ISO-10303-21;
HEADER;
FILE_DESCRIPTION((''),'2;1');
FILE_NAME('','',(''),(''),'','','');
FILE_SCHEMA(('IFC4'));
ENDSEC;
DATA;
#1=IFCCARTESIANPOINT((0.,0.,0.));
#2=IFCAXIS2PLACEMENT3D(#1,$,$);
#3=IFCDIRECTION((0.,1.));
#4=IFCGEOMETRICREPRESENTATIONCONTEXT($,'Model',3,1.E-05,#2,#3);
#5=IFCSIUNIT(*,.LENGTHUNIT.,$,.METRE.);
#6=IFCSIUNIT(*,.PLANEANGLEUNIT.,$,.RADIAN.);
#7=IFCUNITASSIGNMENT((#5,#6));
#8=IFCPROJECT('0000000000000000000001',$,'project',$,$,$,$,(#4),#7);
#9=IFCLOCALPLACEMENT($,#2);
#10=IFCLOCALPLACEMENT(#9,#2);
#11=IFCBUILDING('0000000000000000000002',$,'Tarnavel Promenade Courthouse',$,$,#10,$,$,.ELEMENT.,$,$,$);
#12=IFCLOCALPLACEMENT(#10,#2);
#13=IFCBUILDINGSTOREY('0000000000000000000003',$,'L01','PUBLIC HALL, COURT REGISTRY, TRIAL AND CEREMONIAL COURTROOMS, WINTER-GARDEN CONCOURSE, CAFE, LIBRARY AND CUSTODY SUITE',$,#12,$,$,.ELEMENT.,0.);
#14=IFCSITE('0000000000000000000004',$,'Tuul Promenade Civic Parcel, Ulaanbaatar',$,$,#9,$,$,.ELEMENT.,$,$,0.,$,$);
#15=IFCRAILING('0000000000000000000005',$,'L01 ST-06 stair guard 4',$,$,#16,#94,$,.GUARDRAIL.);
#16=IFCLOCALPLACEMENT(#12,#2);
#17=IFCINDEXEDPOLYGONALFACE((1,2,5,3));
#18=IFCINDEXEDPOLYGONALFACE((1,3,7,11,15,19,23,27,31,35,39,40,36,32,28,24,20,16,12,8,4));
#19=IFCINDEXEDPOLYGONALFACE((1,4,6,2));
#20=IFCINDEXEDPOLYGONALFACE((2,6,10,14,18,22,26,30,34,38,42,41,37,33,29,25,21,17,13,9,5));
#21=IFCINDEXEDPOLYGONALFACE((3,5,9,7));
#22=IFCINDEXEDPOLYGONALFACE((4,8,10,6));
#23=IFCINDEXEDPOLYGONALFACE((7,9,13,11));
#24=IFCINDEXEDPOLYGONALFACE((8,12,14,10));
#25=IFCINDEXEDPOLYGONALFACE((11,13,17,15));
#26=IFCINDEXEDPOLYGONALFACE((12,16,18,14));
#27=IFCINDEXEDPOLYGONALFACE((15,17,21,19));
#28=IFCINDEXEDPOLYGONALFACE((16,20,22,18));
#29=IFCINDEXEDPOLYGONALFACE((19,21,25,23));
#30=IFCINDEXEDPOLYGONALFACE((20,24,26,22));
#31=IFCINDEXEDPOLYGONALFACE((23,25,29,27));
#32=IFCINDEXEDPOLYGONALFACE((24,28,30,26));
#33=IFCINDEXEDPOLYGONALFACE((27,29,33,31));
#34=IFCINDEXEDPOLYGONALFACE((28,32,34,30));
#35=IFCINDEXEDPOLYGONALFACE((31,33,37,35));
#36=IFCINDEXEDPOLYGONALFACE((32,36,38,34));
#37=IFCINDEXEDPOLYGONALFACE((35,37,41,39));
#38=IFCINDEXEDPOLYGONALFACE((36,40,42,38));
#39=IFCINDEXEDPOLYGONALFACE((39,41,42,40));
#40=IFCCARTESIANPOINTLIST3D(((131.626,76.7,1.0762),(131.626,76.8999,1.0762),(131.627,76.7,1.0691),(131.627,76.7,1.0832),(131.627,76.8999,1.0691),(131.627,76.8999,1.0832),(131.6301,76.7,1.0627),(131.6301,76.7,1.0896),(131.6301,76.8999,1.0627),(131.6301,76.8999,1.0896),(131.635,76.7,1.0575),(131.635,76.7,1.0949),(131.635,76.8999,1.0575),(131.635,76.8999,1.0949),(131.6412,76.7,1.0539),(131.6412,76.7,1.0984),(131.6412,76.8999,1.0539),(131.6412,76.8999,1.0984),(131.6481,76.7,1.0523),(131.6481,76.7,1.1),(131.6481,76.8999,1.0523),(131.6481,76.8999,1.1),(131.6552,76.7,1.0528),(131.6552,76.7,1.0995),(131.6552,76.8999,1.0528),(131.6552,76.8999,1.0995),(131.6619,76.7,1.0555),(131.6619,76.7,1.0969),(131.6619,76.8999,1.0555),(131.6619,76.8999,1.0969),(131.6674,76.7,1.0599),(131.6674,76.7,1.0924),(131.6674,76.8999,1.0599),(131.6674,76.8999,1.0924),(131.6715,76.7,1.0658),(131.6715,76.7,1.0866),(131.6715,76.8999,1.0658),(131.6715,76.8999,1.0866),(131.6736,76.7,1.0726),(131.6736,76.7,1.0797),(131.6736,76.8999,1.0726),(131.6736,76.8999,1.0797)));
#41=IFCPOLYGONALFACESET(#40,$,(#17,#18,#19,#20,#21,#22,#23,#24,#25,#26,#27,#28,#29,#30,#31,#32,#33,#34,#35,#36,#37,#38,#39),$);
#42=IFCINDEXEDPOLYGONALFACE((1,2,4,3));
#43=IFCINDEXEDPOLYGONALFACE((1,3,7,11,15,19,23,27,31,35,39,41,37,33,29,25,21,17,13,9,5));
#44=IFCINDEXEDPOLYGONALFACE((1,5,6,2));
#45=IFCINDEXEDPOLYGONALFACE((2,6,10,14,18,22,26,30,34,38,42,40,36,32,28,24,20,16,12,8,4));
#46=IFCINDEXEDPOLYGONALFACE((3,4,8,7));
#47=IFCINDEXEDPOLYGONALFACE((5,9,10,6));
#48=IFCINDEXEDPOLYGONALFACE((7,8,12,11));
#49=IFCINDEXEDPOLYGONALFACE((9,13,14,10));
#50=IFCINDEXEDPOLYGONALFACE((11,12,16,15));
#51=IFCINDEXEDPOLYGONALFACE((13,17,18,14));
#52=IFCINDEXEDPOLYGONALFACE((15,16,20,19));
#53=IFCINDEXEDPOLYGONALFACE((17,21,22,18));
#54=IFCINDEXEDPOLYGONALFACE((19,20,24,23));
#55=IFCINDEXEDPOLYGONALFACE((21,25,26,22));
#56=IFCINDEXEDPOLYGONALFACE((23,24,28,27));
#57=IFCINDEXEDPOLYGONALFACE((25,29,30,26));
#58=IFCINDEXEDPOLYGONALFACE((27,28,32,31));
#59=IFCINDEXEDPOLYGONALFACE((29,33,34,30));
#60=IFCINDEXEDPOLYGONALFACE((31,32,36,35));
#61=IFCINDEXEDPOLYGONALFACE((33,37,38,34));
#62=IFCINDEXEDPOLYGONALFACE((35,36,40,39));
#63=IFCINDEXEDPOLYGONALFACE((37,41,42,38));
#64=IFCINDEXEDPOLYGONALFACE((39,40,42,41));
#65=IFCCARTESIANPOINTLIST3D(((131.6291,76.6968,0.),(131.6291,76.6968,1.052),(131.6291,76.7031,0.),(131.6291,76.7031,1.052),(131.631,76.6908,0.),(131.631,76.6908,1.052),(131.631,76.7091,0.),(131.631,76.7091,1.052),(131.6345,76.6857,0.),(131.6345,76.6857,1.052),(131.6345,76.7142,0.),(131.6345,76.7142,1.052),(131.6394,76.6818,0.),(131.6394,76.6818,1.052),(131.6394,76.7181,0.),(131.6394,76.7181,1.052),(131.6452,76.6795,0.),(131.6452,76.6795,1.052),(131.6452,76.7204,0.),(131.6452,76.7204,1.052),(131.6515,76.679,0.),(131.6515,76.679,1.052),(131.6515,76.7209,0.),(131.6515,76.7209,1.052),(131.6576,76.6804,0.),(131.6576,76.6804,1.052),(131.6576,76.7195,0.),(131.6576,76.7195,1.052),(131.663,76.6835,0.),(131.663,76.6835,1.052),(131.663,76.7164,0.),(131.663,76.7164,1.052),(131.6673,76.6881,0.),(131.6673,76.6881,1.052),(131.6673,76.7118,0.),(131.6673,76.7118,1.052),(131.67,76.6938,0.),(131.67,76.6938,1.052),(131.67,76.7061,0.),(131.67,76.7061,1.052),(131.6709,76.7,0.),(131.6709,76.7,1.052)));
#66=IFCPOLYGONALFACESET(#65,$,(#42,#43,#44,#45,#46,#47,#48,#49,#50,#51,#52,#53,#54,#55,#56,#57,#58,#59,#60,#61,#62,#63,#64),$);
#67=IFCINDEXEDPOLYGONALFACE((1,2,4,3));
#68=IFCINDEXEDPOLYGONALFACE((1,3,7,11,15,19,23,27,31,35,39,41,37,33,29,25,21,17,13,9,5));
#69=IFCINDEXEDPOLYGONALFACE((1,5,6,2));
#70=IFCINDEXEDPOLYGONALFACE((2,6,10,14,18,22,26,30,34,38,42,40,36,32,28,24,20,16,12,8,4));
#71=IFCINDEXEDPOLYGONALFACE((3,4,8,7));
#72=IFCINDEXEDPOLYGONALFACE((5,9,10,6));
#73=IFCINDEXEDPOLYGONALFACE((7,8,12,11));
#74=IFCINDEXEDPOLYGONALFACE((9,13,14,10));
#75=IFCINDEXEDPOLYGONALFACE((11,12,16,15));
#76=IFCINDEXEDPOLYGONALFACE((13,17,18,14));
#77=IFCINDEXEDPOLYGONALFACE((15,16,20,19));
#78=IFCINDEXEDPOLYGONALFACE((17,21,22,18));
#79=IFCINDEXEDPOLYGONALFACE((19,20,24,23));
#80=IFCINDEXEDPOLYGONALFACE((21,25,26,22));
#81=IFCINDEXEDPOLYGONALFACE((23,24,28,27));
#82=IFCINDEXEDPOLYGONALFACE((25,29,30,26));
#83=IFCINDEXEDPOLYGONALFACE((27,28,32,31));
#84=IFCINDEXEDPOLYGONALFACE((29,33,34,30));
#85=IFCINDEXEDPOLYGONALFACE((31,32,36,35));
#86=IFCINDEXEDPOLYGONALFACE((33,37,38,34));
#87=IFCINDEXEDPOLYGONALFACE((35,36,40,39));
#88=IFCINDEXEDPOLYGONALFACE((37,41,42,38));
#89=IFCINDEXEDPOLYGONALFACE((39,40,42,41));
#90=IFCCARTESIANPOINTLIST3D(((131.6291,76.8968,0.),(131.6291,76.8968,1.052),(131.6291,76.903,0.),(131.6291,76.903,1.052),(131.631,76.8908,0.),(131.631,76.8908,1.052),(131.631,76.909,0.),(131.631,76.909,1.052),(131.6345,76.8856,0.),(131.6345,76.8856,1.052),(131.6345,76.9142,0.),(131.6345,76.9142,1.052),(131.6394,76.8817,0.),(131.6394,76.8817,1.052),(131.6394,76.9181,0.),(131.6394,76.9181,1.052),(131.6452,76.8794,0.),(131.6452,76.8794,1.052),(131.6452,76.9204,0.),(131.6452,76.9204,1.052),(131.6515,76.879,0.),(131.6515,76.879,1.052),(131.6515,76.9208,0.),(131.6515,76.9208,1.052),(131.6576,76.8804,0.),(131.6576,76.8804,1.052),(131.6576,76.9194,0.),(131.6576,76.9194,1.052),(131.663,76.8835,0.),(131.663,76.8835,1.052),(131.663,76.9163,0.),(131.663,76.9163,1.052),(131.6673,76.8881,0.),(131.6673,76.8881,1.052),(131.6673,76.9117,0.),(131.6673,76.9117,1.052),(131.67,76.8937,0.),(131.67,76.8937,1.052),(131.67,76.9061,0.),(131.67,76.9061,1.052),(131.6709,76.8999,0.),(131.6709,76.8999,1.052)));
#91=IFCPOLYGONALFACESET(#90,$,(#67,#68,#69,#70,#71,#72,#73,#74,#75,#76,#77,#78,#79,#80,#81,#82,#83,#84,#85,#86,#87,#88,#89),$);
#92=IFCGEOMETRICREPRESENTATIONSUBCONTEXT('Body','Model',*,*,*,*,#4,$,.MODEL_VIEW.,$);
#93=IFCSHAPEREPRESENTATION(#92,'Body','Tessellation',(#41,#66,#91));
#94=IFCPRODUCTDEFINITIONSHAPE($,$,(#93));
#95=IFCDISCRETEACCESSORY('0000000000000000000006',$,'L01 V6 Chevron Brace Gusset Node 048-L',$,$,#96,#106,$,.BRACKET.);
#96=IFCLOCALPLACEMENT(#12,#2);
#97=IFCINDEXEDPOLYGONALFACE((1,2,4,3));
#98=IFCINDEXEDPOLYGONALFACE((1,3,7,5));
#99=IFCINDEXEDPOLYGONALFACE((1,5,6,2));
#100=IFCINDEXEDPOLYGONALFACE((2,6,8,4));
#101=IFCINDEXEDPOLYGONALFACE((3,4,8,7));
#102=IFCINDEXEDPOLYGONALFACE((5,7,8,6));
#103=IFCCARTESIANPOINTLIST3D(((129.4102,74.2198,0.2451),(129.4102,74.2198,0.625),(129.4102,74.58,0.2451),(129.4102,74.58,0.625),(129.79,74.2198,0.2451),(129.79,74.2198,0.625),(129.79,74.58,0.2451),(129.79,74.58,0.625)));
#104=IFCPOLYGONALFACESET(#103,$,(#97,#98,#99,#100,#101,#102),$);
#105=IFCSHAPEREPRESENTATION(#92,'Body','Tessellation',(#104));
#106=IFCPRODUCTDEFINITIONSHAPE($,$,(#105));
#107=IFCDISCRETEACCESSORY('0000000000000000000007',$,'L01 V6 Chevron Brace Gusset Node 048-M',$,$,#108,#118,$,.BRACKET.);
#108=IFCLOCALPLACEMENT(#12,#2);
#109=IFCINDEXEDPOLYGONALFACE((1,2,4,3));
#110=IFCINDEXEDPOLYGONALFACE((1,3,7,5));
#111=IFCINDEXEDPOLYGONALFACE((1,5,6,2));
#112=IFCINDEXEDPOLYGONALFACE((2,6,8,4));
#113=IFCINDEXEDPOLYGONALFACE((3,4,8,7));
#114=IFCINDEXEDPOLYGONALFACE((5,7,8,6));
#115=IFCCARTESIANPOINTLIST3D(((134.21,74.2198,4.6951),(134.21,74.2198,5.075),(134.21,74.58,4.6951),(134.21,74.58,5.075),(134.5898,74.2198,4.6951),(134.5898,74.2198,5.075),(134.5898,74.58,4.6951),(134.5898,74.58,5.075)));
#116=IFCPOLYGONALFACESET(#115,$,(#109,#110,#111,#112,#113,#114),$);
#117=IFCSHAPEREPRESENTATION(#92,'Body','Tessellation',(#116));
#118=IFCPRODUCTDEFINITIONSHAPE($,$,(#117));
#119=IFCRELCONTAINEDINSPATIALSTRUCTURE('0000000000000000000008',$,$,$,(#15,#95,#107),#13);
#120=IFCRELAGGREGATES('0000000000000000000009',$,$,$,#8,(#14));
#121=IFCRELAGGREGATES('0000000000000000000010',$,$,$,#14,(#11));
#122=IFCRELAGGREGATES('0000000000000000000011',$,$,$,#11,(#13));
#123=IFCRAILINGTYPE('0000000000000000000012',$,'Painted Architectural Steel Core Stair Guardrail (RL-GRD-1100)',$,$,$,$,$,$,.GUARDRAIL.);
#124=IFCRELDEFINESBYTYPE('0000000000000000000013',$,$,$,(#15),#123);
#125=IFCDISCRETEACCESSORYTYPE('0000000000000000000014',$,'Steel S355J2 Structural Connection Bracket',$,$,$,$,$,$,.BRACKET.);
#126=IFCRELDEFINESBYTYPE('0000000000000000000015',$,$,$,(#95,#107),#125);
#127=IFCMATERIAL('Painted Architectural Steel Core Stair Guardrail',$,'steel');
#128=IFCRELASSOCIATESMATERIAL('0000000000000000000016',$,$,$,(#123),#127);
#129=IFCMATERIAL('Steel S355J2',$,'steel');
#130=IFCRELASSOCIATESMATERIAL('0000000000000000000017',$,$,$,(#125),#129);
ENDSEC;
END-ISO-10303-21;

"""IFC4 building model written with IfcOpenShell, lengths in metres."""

from ifc_helpers import new_model, si_unit, direction, frame, origin, origin_2d, place, context, subcontext, project, spatial, rectangle, circle, extrude, material, type_object, element, save


model = new_model("IFC4")

# Units and contexts
model_context = context("Model", 3, precision=1e-05, world=origin(), true_north=direction((0.0, 1.0)))
body_context = subcontext(model_context, "Body", "Model", "MODEL_VIEW")
ifc_project = project(units=[si_unit("LENGTHUNIT", "METRE"), si_unit("PLANEANGLEUNIT", "RADIAN")], contexts=[model_context])

# Site, building, storey
site_placement = place(None, origin())
site = spatial("IfcSite", under=ifc_project, at=site_placement, Name="Tuul Promenade Civic Parcel, Ulaanbaatar", CompositionType="ELEMENT", RefElevation=0.0)
building_placement = place(site_placement, origin())
building = spatial("IfcBuilding", under=site, at=building_placement, Name="Tarnavel Promenade Courthouse", CompositionType="ELEMENT")
storey_placement = place(building_placement, origin())
storey = spatial("IfcBuildingStorey", under=building, at=storey_placement, Name="L01", Description="PUBLIC HALL, COURT REGISTRY, TRIAL AND CEREMONIAL COURTROOMS, WINTER-GARDEN CONCOURSE, CAFE, LIBRARY AND CUSTODY SUITE", CompositionType="ELEMENT", Elevation=0.0)

# Shared definitions
ifc_material_1 = material(Name="Steel S355J2", Category="steel")

# Railing
ifc_material_2 = material(Name="Painted Architectural Steel Core Stair Guardrail", Category="steel")
railing_type_1 = type_object("IfcRailingType", Name="Painted Architectural Steel Core Stair Guardrail (RL-GRD-1100)", PredefinedType="GUARDRAIL", material=ifc_material_2)
railing_1_placement = place(storey_placement, frame((131.6499, 76.7, 0.0)))
element("IfcRailing", 1, at=railing_1_placement, inside=storey, type_object=railing_type_1, Name="L01 ST-06 stair guard 4", PredefinedType="GUARDRAIL", context=body_context, shape_type="SweptSolid", body=[
    extrude(circle(Radius=0.0239, at=origin_2d()), frame((0.0, 0.0, 1.0762), z_axis=(0.0, 1.0, 0.0), x_axis=(-1.0, 0.0, 0.0)), (0.0, 0.0, 1.0), 0.2),
    extrude(circle(Radius=0.021, at=origin_2d()), origin(), (0.0, 0.0, 1.0), 1.052),
    extrude(circle(Radius=0.021, at=origin_2d()), frame((0.0, 0.2, 0.0)), (0.0, 0.0, 1.0), 1.052),
])

# Discrete accessories
discrete_accessory_type = type_object("IfcDiscreteAccessoryType", Name="Steel S355J2 Structural Connection Bracket", PredefinedType="BRACKET", material=ifc_material_1)
for number, where, z_axis, x_axis, name in (
    (2, (129.6001, 74.3999, 0.2451), (0.0, 0.0, 1.0), (1.0, 0.0, 0.0), "L01 V6 Chevron Brace Gusset Node 048-L"),
    (3, (134.3999, 74.3999, 4.6951), (0.0, 0.0, 1.0), (1.0, 0.0, 0.0), "L01 V6 Chevron Brace Gusset Node 048-M"),
):
    element("IfcDiscreteAccessory", number, at=place(storey_placement, frame(where, z_axis=z_axis, x_axis=x_axis)), inside=storey, type_object=discrete_accessory_type, Name=name, PredefinedType="BRACKET", context=body_context, shape_type="SweptSolid", body=[
        extrude(rectangle(XDim=0.3799, YDim=0.3601, at=origin_2d()), origin(), (0.0, 0.0, 1.0), 0.3799),
    ])

save(model, "model.ifc")
